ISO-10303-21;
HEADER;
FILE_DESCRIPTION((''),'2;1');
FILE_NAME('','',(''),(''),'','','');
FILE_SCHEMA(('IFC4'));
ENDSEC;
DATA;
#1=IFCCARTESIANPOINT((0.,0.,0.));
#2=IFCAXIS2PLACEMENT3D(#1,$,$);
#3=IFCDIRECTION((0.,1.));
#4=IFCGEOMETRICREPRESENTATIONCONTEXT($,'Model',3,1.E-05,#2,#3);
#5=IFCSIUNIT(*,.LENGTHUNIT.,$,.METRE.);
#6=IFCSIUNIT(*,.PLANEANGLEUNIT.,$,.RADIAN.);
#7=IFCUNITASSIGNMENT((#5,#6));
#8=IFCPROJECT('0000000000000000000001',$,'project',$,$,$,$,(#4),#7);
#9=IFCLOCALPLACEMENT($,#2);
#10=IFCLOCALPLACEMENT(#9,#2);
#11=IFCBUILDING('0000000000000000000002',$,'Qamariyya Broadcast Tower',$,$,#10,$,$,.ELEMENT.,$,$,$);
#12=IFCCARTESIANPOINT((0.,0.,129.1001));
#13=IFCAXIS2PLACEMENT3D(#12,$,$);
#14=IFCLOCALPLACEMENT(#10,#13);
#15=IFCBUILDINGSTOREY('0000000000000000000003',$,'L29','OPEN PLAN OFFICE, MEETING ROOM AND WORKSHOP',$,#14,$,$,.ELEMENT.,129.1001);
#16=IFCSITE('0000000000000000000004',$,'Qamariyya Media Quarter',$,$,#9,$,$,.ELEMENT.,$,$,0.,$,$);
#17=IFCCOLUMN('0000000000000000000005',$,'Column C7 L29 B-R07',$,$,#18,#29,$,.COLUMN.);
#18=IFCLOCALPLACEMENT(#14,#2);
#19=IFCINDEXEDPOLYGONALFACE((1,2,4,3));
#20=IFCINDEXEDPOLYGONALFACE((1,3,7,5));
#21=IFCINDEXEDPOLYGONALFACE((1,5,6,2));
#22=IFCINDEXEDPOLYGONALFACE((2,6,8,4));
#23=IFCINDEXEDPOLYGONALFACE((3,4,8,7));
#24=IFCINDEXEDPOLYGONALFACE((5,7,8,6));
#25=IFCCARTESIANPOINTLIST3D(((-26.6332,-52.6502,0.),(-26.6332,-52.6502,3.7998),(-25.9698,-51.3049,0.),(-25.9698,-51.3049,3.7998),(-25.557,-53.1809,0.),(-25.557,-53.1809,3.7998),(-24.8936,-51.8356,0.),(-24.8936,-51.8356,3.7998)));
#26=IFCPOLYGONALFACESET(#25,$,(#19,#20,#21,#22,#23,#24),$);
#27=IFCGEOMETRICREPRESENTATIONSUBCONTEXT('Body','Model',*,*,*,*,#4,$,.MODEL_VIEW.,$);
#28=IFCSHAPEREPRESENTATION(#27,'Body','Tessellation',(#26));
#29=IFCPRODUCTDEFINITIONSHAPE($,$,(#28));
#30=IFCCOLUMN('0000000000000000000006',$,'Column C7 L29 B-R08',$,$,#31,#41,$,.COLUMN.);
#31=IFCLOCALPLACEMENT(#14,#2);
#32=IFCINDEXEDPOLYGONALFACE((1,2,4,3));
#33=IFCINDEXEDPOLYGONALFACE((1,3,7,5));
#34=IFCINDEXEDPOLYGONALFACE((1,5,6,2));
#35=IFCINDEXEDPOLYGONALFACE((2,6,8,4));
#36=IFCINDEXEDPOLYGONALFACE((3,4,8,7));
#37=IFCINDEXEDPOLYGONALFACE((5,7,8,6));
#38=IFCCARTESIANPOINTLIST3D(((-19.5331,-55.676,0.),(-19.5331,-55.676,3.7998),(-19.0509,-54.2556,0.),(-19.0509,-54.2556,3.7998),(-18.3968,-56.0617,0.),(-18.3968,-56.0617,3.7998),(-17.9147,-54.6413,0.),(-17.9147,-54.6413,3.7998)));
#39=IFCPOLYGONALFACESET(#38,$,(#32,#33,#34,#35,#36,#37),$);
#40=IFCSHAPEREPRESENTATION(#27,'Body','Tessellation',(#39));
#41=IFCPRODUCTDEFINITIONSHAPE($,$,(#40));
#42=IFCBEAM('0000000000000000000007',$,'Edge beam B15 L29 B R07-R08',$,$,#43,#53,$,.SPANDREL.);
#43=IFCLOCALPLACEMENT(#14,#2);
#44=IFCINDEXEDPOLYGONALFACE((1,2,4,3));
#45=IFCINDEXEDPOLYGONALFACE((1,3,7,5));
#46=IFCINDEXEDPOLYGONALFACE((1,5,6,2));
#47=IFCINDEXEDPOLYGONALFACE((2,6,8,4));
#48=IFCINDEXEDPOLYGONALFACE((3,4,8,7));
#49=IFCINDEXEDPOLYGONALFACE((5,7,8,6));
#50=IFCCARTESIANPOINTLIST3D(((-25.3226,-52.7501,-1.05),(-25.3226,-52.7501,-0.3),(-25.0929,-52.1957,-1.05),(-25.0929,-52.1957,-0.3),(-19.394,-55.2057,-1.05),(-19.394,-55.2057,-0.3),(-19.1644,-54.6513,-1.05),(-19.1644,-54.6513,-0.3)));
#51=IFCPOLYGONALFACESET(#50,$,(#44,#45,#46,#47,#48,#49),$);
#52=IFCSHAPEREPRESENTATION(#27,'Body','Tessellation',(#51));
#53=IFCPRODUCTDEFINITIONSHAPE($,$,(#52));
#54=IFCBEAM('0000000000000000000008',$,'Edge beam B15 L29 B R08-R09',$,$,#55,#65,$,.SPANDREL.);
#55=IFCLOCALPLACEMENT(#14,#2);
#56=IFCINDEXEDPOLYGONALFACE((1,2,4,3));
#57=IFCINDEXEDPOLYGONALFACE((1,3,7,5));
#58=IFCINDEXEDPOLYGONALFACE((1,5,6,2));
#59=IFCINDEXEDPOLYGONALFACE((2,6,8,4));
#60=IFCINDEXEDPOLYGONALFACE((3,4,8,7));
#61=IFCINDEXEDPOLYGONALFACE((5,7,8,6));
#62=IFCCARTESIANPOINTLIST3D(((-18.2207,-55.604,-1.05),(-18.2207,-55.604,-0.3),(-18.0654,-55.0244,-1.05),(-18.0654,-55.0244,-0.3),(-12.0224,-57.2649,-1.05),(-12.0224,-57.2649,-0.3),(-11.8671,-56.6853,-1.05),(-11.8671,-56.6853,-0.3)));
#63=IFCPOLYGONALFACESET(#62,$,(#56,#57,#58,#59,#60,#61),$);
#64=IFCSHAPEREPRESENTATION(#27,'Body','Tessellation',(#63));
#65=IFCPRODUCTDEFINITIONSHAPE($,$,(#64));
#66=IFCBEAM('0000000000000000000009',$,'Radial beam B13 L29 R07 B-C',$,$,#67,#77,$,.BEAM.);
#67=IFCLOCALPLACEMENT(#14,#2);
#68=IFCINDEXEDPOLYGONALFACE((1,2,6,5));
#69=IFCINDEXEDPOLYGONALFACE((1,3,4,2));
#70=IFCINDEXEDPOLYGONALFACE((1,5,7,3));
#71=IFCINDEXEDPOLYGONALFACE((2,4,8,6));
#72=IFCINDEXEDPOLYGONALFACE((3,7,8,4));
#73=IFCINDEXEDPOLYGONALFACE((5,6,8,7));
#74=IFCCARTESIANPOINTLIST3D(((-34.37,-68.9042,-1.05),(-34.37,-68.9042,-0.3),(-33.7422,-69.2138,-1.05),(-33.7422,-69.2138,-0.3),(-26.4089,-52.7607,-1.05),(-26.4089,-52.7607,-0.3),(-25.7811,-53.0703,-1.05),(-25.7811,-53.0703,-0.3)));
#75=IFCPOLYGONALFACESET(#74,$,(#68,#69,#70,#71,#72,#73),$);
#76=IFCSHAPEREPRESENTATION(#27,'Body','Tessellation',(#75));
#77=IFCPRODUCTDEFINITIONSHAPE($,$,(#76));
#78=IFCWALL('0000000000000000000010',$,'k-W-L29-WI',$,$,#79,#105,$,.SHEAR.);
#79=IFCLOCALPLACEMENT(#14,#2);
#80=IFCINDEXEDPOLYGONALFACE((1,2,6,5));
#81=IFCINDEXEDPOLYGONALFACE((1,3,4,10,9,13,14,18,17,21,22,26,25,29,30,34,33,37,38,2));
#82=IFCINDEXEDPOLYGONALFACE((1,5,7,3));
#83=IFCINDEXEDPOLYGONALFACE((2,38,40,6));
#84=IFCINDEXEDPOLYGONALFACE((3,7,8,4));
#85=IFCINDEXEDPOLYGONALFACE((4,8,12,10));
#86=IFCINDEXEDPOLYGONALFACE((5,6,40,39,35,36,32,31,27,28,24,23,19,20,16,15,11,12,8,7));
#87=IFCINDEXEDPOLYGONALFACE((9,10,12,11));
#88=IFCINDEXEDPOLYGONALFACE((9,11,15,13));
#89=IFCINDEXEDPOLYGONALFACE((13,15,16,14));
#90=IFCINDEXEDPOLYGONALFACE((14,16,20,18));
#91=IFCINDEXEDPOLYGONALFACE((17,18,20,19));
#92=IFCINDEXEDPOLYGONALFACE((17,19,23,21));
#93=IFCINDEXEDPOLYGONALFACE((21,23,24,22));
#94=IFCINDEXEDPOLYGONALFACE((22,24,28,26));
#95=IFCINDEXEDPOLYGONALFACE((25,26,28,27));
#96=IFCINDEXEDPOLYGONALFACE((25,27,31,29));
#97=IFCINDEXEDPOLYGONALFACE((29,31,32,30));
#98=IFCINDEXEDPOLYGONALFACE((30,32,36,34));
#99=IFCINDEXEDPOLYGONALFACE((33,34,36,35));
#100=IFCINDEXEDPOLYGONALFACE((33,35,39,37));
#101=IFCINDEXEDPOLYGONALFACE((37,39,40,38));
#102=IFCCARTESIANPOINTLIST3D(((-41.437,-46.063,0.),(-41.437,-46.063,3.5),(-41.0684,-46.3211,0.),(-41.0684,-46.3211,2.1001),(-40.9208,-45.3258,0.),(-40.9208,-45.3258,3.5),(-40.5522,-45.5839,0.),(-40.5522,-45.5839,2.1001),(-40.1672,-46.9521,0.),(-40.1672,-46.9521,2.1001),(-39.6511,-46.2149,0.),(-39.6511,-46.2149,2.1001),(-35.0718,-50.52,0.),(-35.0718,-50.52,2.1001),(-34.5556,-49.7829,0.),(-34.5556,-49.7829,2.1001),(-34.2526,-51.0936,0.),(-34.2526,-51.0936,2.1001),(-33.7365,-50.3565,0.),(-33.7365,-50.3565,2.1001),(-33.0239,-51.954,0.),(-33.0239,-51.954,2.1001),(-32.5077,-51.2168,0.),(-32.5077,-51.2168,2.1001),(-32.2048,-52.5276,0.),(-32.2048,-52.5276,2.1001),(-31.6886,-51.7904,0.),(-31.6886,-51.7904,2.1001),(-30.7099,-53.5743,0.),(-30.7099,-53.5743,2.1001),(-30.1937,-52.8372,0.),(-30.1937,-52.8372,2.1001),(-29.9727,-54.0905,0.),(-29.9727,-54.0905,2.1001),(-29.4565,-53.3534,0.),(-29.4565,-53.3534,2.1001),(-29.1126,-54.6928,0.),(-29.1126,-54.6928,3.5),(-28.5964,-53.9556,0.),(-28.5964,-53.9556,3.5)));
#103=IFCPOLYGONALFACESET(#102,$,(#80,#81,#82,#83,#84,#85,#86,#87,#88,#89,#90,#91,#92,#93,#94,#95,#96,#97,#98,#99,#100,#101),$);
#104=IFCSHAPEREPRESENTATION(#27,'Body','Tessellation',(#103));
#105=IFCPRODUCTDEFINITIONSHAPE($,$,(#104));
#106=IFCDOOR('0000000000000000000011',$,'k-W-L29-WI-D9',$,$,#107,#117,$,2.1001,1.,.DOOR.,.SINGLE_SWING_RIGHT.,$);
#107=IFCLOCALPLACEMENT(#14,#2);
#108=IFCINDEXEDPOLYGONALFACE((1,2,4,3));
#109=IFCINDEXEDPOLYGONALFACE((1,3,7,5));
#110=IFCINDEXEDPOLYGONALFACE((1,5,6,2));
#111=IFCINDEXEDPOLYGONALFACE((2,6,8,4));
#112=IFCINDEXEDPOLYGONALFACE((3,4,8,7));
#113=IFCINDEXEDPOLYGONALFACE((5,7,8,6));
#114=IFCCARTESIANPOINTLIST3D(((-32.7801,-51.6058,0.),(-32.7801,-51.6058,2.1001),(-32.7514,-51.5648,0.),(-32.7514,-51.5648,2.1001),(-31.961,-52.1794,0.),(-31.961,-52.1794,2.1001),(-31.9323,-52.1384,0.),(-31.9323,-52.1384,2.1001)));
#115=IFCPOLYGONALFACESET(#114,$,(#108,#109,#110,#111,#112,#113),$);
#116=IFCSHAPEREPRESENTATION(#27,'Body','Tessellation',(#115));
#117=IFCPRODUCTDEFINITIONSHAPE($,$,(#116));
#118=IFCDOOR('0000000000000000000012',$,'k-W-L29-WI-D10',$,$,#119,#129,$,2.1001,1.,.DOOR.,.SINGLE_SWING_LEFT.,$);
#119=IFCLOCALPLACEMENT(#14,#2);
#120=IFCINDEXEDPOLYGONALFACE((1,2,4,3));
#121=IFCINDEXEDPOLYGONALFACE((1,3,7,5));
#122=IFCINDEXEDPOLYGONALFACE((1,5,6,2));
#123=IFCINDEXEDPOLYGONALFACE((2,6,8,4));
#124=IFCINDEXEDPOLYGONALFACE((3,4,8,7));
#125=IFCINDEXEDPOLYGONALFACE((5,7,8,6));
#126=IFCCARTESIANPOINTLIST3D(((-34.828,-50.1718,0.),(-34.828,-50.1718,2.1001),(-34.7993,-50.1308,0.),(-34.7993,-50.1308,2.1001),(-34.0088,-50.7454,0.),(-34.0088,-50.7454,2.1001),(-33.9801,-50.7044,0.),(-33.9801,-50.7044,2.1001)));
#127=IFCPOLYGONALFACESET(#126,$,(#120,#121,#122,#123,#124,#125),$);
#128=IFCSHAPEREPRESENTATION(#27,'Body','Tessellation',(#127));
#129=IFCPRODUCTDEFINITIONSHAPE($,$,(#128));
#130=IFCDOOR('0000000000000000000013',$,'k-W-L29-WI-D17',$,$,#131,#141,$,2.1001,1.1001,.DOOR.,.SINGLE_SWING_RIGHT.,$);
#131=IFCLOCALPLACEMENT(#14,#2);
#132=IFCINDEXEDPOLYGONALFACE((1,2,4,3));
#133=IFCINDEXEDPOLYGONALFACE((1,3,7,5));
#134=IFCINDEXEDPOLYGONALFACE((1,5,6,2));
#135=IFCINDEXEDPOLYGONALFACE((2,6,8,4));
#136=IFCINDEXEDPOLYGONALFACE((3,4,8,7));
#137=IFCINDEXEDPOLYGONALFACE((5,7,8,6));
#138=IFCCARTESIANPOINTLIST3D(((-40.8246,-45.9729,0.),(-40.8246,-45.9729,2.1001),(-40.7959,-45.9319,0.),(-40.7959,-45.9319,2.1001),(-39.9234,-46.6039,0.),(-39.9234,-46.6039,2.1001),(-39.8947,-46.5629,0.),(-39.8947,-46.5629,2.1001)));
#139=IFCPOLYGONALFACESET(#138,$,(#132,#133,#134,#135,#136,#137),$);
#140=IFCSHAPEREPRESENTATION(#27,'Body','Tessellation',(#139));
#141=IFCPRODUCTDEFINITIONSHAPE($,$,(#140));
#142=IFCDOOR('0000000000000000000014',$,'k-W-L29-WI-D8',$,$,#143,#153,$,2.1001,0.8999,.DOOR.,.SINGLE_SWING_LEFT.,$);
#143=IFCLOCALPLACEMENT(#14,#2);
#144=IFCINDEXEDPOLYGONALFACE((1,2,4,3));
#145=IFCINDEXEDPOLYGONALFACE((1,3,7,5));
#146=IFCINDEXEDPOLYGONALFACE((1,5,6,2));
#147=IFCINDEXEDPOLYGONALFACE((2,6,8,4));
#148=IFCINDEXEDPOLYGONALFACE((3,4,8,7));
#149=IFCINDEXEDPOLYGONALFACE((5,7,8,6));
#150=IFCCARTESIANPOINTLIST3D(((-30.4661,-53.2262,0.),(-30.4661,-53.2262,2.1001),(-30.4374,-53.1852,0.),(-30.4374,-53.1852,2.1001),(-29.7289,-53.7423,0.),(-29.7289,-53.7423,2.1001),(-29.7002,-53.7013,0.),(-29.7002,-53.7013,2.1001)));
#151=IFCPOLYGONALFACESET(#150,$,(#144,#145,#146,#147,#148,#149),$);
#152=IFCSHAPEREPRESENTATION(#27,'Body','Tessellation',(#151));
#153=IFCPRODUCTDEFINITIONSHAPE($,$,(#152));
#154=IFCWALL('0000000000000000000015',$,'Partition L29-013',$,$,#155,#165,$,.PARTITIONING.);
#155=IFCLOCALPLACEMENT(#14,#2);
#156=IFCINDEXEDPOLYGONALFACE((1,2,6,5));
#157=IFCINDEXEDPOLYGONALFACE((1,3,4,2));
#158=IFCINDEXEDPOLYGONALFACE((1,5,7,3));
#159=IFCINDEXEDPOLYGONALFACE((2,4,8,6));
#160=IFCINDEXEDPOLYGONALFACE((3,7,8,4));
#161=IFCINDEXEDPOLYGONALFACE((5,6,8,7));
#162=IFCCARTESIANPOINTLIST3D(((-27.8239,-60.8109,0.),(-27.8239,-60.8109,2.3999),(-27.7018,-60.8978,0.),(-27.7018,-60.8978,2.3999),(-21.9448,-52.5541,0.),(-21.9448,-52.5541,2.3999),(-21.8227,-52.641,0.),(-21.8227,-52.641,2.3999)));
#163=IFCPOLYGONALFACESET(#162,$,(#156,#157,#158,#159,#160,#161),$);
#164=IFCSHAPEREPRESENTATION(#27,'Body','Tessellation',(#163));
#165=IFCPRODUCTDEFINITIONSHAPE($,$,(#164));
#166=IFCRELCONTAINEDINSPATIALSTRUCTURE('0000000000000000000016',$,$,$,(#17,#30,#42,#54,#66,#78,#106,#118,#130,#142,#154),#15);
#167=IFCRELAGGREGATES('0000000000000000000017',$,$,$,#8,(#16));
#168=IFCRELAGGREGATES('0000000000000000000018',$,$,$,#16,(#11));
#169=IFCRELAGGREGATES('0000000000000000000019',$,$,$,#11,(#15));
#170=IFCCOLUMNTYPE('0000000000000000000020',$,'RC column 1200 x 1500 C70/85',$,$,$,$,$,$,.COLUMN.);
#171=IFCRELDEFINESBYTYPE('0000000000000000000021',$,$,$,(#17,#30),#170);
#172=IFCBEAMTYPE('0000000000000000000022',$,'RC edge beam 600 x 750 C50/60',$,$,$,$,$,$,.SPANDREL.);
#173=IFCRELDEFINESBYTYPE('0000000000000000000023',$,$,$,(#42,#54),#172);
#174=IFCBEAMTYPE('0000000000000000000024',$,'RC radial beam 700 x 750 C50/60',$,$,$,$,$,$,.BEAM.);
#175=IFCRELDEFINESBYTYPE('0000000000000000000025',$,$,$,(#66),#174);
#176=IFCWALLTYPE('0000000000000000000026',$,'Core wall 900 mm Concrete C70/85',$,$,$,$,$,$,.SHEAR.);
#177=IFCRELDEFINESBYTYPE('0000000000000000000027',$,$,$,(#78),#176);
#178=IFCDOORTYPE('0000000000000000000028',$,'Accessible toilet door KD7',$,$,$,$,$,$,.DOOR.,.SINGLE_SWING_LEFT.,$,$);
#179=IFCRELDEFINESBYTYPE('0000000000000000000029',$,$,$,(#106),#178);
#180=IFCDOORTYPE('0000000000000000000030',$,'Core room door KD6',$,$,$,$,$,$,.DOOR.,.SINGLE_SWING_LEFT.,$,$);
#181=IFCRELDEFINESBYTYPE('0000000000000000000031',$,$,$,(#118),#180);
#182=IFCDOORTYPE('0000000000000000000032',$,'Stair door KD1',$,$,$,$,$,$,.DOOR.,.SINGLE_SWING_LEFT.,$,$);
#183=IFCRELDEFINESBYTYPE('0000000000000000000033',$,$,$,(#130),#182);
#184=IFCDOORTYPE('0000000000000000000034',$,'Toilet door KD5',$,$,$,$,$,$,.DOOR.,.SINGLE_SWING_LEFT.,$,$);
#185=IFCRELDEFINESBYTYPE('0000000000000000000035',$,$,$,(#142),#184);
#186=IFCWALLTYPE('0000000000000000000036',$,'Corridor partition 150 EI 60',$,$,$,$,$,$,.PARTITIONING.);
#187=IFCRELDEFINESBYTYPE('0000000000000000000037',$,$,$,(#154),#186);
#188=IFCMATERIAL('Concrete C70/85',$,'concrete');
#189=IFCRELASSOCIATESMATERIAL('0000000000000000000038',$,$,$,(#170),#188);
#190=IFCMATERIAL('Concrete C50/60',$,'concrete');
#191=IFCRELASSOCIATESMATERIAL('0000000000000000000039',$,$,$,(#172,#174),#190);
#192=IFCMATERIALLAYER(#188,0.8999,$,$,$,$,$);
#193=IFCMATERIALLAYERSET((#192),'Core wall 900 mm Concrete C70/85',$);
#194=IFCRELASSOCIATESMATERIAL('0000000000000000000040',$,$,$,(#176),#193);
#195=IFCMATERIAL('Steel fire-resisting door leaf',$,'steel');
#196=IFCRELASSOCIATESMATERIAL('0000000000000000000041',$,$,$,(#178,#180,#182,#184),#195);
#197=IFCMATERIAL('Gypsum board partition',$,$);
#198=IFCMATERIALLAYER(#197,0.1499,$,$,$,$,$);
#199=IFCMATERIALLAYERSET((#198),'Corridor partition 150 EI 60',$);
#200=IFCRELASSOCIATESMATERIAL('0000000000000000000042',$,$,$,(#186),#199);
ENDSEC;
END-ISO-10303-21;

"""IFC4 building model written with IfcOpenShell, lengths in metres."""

from ifc_helpers import new_model, si_unit, direction, frame, frame_2d, origin, origin_2d, place, context, subcontext, project, spatial, rectangle, extrude, material, layer, layer_set, material_profile, profile_set, type_object, element, fill, save


model = new_model("IFC4")

# Units and contexts
model_context = context("Model", 3, precision=1e-05, world=origin(), true_north=direction((0.0, 1.0)))
body_context = subcontext(model_context, "Body", "Model", "MODEL_VIEW")
ifc_project = project(units=[si_unit("LENGTHUNIT", "METRE"), si_unit("PLANEANGLEUNIT", "RADIAN")], contexts=[model_context])

# Site, building, storey
site_placement = place(None, origin())
site = spatial("IfcSite", under=ifc_project, at=site_placement, Name="Qamariyya Media Quarter", CompositionType="ELEMENT", RefElevation=0.0)
building_placement = place(site_placement, origin())
building = spatial("IfcBuilding", under=site, at=building_placement, Name="Qamariyya Broadcast Tower", CompositionType="ELEMENT")
storey_placement = place(building_placement, frame((0.0, 0.0, 129.1001)))
storey = spatial("IfcBuildingStorey", under=building, at=storey_placement, Name="L29", Description="OPEN PLAN OFFICE, MEETING ROOM AND WORKSHOP", CompositionType="ELEMENT", Elevation=129.1001)

# Columns
ifc_material_1 = material(Name="Concrete C70/85", Category="concrete")
ifc_material_profile_1 = material_profile(ifc_material_1, rectangle(XDim=1.2, YDim=1.5, at=origin_2d()))
ifc_profile_set_1 = profile_set([ifc_material_profile_1], Name="Concrete C70/85")
column_type = type_object("IfcColumnType", Name="RC column 1200 x 1500 C70/85", PredefinedType="COLUMN", material=ifc_profile_set_1)
for number, where, z_axis, x_axis, name in (
    (1, (-25.7634, -52.2429, 0.0), (0.0, 0.0, 1.0), (0.896873, -0.442289, 0.0), "Column C7 L29 B-R07"),
    (2, (-18.7239, -55.1587, 0.0), (0.0, 0.0, 1.0), (0.94693, -0.321439, 0.0), "Column C7 L29 B-R08"),
):
    element("IfcColumn", number, at=place(storey_placement, frame(where, z_axis=z_axis, x_axis=x_axis)), inside=storey, type_object=column_type, Name=name, PredefinedType="COLUMN", context=body_context, shape_type="SweptSolid", body=[
        extrude(rectangle(XDim=1.2, YDim=1.5, at=origin_2d()), origin(), (0.0, 0.0, 1.0), 3.7998),
    ])

# Beams
ifc_material_2 = material(Name="Concrete C50/60", Category="concrete")
ifc_material_profile_2 = material_profile(ifc_material_2, rectangle(XDim=0.6001, YDim=0.75, at=origin_2d()))
ifc_profile_set_2 = profile_set([ifc_material_profile_2], Name="Concrete C50/60")
beam_type_1 = type_object("IfcBeamType", Name="RC edge beam 600 x 750 C50/60", PredefinedType="SPANDREL", material=ifc_profile_set_2)
for number, where, z_axis, x_axis, name in (
    (3, (-25.2078, -52.4729, -0.675), (0.923884, -0.382672, 0.0), (0.382672, 0.923884, 0.0), "Edge beam B15 L29 B R07-R08"),
    (4, (-18.1431, -55.3142, -0.675), (0.965923, -0.25883, 0.0), (0.25883, 0.965923, 0.0), "Edge beam B15 L29 B R08-R09"),
):
    element("IfcBeam", number, at=place(storey_placement, frame(where, z_axis=z_axis, x_axis=x_axis)), inside=storey, type_object=beam_type_1, Name=name, PredefinedType="SPANDREL", context=body_context, shape_type="SweptSolid", body=[
        extrude(rectangle(XDim=0.6001, YDim=0.75, at=origin_2d()), origin(), (0.0, 0.0, 1.0), 6.417),
    ])
ifc_material_profile_3 = material_profile(ifc_material_2, rectangle(XDim=0.7, YDim=0.75, at=origin_2d()))
ifc_profile_set_3 = profile_set([ifc_material_profile_3], Name="Concrete C50/60")
beam_type_2 = type_object("IfcBeamType", Name="RC radial beam 700 x 750 C50/60", PredefinedType="BEAM", material=ifc_profile_set_3)
beam_placement = place(storey_placement, frame((-26.095, -52.9155, -0.675), z_axis=(-0.442291, -0.896871, 0.0), x_axis=(0.896871, -0.442291, 0.0)))
element("IfcBeam", 5, at=beam_placement, inside=storey, type_object=beam_type_2, Name="Radial beam B13 L29 R07 B-C", PredefinedType="BEAM", context=body_context, shape_type="SweptSolid", body=[
    extrude(rectangle(XDim=0.7, YDim=0.75, at=origin_2d()), origin(), (0.0, 0.0, 1.0), 17.9998),
])

# Wall, openings, doors
ifc_layer_1 = layer(ifc_material_1, 0.8999)
ifc_layer_set_1 = layer_set([ifc_layer_1], Name="Core wall 900 mm Concrete C70/85")
wall_type_1 = type_object("IfcWallType", Name="Core wall 900 mm Concrete C70/85", PredefinedType="SHEAR", material=ifc_layer_set_1)
wall_1_placement = place(storey_placement, frame((-28.8545, -54.3242, 0.0), z_axis=(0.0, 0.0, 1.0), x_axis=(-0.819146, 0.573585, 0.0)))
wall_1 = element("IfcWall", 6, at=wall_1_placement, inside=storey, type_object=wall_type_1, Name="k-W-L29-WI", PredefinedType="SHEAR", context=body_context, shape_type="SweptSolid", body=[
    extrude(rectangle(XDim=15.0454, YDim=0.8999, at=frame_2d((7.5227, 0.0))), origin(), (0.0, 0.0, 1.0), 3.5),
])
opening_1_placement = place(wall_1_placement, frame((1.05, 0.0, 0.0)))
opening_1 = element("IfcOpeningElement", 7, at=opening_1_placement, cuts=wall_1, PredefinedType="OPENING", context=body_context, shape_type="SweptSolid", body=[
    extrude(rectangle(XDim=0.8999, YDim=2.1001, at=frame_2d((0.45, 1.05))), frame((0.0, 0.46, 0.0), z_axis=(0.0, -1.0, 0.0), x_axis=(1.0, 0.0, 0.0)), (0.0, 0.0, 1.0), 0.9199),
])
opening_2_placement = place(wall_1_placement, frame((3.7749, 0.0, 0.0)))
opening_2 = element("IfcOpeningElement", 8, at=opening_2_placement, cuts=wall_1, PredefinedType="OPENING", context=body_context, shape_type="SweptSolid", body=[
    extrude(rectangle(XDim=1.0, YDim=2.1001, at=frame_2d((0.5, 1.05))), frame((0.0, 0.46, 0.0), z_axis=(0.0, -1.0, 0.0), x_axis=(1.0, 0.0, 0.0)), (0.0, 0.0, 1.0), 0.9199),
])
opening_3_placement = place(wall_1_placement, frame((6.2749, 0.0, 0.0)))
opening_3 = element("IfcOpeningElement", 9, at=opening_3_placement, cuts=wall_1, PredefinedType="OPENING", context=body_context, shape_type="SweptSolid", body=[
    extrude(rectangle(XDim=1.0, YDim=2.1001, at=frame_2d((0.5, 1.05))), frame((0.0, 0.46, 0.0), z_axis=(0.0, -1.0, 0.0), x_axis=(1.0, 0.0, 0.0)), (0.0, 0.0, 1.0), 0.9199),
])
opening_4_placement = place(wall_1_placement, frame((13.4954, 0.0, 0.0)))
opening_4 = element("IfcOpeningElement", 10, at=opening_4_placement, cuts=wall_1, PredefinedType="OPENING", context=body_context, shape_type="SweptSolid", body=[
    extrude(rectangle(XDim=1.1001, YDim=2.1001, at=frame_2d((0.55, 1.05))), frame((0.0, 0.46, 0.0), z_axis=(0.0, -1.0, 0.0), x_axis=(1.0, 0.0, 0.0)), (0.0, 0.0, 1.0), 0.9199),
])
ifc_material_3 = material(Name="Steel fire-resisting door leaf", Category="steel")
door_type_1 = type_object("IfcDoorType", Name="Accessible toilet door KD7", OperationType="SINGLE_SWING_LEFT", PredefinedType="DOOR", material=ifc_material_3)
door_1_placement = place(opening_2_placement, origin())
door_1 = element("IfcDoor", 11, at=door_1_placement, inside=storey, type_object=door_type_1, Name="k-W-L29-WI-D9", OperationType="SINGLE_SWING_RIGHT", OverallHeight=2.1001, OverallWidth=1.0, PredefinedType="DOOR", context=body_context, shape_type="SweptSolid", body=[
    extrude(rectangle(XDim=1.0, YDim=2.1001, at=frame_2d((0.5, 1.05))), frame((0.0, 0.0249, 0.0), z_axis=(0.0, -1.0, 0.0), x_axis=(1.0, 0.0, 0.0)), (0.0, 0.0, 1.0), 0.05),
])
fill(opening_2, door_1)
door_type_2 = type_object("IfcDoorType", Name="Core room door KD6", OperationType="SINGLE_SWING_LEFT", PredefinedType="DOOR", material=ifc_material_3)
door_2_placement = place(opening_3_placement, origin())
door_2 = element("IfcDoor", 12, at=door_2_placement, inside=storey, type_object=door_type_2, Name="k-W-L29-WI-D10", OperationType="SINGLE_SWING_LEFT", OverallHeight=2.1001, OverallWidth=1.0, PredefinedType="DOOR", context=body_context, shape_type="SweptSolid", body=[
    extrude(rectangle(XDim=1.0, YDim=2.1001, at=frame_2d((0.5, 1.05))), frame((0.0, 0.0249, 0.0), z_axis=(0.0, -1.0, 0.0), x_axis=(1.0, 0.0, 0.0)), (0.0, 0.0, 1.0), 0.05),
])
fill(opening_3, door_2)
door_type_3 = type_object("IfcDoorType", Name="Stair door KD1", OperationType="SINGLE_SWING_LEFT", PredefinedType="DOOR", material=ifc_material_3)
door_3_placement = place(opening_4_placement, origin())
door_3 = element("IfcDoor", 13, at=door_3_placement, inside=storey, type_object=door_type_3, Name="k-W-L29-WI-D17", OperationType="SINGLE_SWING_RIGHT", OverallHeight=2.1001, OverallWidth=1.1001, PredefinedType="DOOR", context=body_context, shape_type="SweptSolid", body=[
    extrude(rectangle(XDim=1.1001, YDim=2.1001, at=frame_2d((0.55, 1.05))), frame((0.0, 0.0249, 0.0), z_axis=(0.0, -1.0, 0.0), x_axis=(1.0, 0.0, 0.0)), (0.0, 0.0, 1.0), 0.05),
])
fill(opening_4, door_3)
door_type_4 = type_object("IfcDoorType", Name="Toilet door KD5", OperationType="SINGLE_SWING_LEFT", PredefinedType="DOOR", material=ifc_material_3)
door_4_placement = place(opening_1_placement, origin())
door_4 = element("IfcDoor", 14, at=door_4_placement, inside=storey, type_object=door_type_4, Name="k-W-L29-WI-D8", OperationType="SINGLE_SWING_LEFT", OverallHeight=2.1001, OverallWidth=0.8999, PredefinedType="DOOR", context=body_context, shape_type="SweptSolid", body=[
    extrude(rectangle(XDim=0.8999, YDim=2.1001, at=frame_2d((0.45, 1.05))), frame((0.0, 0.0249, 0.0), z_axis=(0.0, -1.0, 0.0), x_axis=(1.0, 0.0, 0.0)), (0.0, 0.0, 1.0), 0.05),
])
fill(opening_1, door_4)

# Wall
ifc_material_4 = material(Name="Gypsum board partition")
ifc_layer_2 = layer(ifc_material_4, 0.1499)
ifc_layer_set_2 = layer_set([ifc_layer_2], Name="Corridor partition 150 EI 60")
wall_type_2 = type_object("IfcWallType", Name="Corridor partition 150 EI 60", PredefinedType="PARTITIONING", material=ifc_layer_set_2)
wall_2_placement = place(storey_placement, frame((-21.8838, -52.5977, 0.0), z_axis=(0.0, 0.0, 1.0), x_axis=(-0.580023, -0.8146, 0.0)))
element("IfcWall", 15, at=wall_2_placement, inside=storey, type_object=wall_type_2, Name="Partition L29-013", PredefinedType="PARTITIONING", context=body_context, shape_type="SweptSolid", body=[
    extrude(rectangle(XDim=10.136, YDim=0.1499, at=frame_2d((5.0679, 0.0))), origin(), (0.0, 0.0, 1.0), 2.3999),
])

save(model, "model.ifc")
